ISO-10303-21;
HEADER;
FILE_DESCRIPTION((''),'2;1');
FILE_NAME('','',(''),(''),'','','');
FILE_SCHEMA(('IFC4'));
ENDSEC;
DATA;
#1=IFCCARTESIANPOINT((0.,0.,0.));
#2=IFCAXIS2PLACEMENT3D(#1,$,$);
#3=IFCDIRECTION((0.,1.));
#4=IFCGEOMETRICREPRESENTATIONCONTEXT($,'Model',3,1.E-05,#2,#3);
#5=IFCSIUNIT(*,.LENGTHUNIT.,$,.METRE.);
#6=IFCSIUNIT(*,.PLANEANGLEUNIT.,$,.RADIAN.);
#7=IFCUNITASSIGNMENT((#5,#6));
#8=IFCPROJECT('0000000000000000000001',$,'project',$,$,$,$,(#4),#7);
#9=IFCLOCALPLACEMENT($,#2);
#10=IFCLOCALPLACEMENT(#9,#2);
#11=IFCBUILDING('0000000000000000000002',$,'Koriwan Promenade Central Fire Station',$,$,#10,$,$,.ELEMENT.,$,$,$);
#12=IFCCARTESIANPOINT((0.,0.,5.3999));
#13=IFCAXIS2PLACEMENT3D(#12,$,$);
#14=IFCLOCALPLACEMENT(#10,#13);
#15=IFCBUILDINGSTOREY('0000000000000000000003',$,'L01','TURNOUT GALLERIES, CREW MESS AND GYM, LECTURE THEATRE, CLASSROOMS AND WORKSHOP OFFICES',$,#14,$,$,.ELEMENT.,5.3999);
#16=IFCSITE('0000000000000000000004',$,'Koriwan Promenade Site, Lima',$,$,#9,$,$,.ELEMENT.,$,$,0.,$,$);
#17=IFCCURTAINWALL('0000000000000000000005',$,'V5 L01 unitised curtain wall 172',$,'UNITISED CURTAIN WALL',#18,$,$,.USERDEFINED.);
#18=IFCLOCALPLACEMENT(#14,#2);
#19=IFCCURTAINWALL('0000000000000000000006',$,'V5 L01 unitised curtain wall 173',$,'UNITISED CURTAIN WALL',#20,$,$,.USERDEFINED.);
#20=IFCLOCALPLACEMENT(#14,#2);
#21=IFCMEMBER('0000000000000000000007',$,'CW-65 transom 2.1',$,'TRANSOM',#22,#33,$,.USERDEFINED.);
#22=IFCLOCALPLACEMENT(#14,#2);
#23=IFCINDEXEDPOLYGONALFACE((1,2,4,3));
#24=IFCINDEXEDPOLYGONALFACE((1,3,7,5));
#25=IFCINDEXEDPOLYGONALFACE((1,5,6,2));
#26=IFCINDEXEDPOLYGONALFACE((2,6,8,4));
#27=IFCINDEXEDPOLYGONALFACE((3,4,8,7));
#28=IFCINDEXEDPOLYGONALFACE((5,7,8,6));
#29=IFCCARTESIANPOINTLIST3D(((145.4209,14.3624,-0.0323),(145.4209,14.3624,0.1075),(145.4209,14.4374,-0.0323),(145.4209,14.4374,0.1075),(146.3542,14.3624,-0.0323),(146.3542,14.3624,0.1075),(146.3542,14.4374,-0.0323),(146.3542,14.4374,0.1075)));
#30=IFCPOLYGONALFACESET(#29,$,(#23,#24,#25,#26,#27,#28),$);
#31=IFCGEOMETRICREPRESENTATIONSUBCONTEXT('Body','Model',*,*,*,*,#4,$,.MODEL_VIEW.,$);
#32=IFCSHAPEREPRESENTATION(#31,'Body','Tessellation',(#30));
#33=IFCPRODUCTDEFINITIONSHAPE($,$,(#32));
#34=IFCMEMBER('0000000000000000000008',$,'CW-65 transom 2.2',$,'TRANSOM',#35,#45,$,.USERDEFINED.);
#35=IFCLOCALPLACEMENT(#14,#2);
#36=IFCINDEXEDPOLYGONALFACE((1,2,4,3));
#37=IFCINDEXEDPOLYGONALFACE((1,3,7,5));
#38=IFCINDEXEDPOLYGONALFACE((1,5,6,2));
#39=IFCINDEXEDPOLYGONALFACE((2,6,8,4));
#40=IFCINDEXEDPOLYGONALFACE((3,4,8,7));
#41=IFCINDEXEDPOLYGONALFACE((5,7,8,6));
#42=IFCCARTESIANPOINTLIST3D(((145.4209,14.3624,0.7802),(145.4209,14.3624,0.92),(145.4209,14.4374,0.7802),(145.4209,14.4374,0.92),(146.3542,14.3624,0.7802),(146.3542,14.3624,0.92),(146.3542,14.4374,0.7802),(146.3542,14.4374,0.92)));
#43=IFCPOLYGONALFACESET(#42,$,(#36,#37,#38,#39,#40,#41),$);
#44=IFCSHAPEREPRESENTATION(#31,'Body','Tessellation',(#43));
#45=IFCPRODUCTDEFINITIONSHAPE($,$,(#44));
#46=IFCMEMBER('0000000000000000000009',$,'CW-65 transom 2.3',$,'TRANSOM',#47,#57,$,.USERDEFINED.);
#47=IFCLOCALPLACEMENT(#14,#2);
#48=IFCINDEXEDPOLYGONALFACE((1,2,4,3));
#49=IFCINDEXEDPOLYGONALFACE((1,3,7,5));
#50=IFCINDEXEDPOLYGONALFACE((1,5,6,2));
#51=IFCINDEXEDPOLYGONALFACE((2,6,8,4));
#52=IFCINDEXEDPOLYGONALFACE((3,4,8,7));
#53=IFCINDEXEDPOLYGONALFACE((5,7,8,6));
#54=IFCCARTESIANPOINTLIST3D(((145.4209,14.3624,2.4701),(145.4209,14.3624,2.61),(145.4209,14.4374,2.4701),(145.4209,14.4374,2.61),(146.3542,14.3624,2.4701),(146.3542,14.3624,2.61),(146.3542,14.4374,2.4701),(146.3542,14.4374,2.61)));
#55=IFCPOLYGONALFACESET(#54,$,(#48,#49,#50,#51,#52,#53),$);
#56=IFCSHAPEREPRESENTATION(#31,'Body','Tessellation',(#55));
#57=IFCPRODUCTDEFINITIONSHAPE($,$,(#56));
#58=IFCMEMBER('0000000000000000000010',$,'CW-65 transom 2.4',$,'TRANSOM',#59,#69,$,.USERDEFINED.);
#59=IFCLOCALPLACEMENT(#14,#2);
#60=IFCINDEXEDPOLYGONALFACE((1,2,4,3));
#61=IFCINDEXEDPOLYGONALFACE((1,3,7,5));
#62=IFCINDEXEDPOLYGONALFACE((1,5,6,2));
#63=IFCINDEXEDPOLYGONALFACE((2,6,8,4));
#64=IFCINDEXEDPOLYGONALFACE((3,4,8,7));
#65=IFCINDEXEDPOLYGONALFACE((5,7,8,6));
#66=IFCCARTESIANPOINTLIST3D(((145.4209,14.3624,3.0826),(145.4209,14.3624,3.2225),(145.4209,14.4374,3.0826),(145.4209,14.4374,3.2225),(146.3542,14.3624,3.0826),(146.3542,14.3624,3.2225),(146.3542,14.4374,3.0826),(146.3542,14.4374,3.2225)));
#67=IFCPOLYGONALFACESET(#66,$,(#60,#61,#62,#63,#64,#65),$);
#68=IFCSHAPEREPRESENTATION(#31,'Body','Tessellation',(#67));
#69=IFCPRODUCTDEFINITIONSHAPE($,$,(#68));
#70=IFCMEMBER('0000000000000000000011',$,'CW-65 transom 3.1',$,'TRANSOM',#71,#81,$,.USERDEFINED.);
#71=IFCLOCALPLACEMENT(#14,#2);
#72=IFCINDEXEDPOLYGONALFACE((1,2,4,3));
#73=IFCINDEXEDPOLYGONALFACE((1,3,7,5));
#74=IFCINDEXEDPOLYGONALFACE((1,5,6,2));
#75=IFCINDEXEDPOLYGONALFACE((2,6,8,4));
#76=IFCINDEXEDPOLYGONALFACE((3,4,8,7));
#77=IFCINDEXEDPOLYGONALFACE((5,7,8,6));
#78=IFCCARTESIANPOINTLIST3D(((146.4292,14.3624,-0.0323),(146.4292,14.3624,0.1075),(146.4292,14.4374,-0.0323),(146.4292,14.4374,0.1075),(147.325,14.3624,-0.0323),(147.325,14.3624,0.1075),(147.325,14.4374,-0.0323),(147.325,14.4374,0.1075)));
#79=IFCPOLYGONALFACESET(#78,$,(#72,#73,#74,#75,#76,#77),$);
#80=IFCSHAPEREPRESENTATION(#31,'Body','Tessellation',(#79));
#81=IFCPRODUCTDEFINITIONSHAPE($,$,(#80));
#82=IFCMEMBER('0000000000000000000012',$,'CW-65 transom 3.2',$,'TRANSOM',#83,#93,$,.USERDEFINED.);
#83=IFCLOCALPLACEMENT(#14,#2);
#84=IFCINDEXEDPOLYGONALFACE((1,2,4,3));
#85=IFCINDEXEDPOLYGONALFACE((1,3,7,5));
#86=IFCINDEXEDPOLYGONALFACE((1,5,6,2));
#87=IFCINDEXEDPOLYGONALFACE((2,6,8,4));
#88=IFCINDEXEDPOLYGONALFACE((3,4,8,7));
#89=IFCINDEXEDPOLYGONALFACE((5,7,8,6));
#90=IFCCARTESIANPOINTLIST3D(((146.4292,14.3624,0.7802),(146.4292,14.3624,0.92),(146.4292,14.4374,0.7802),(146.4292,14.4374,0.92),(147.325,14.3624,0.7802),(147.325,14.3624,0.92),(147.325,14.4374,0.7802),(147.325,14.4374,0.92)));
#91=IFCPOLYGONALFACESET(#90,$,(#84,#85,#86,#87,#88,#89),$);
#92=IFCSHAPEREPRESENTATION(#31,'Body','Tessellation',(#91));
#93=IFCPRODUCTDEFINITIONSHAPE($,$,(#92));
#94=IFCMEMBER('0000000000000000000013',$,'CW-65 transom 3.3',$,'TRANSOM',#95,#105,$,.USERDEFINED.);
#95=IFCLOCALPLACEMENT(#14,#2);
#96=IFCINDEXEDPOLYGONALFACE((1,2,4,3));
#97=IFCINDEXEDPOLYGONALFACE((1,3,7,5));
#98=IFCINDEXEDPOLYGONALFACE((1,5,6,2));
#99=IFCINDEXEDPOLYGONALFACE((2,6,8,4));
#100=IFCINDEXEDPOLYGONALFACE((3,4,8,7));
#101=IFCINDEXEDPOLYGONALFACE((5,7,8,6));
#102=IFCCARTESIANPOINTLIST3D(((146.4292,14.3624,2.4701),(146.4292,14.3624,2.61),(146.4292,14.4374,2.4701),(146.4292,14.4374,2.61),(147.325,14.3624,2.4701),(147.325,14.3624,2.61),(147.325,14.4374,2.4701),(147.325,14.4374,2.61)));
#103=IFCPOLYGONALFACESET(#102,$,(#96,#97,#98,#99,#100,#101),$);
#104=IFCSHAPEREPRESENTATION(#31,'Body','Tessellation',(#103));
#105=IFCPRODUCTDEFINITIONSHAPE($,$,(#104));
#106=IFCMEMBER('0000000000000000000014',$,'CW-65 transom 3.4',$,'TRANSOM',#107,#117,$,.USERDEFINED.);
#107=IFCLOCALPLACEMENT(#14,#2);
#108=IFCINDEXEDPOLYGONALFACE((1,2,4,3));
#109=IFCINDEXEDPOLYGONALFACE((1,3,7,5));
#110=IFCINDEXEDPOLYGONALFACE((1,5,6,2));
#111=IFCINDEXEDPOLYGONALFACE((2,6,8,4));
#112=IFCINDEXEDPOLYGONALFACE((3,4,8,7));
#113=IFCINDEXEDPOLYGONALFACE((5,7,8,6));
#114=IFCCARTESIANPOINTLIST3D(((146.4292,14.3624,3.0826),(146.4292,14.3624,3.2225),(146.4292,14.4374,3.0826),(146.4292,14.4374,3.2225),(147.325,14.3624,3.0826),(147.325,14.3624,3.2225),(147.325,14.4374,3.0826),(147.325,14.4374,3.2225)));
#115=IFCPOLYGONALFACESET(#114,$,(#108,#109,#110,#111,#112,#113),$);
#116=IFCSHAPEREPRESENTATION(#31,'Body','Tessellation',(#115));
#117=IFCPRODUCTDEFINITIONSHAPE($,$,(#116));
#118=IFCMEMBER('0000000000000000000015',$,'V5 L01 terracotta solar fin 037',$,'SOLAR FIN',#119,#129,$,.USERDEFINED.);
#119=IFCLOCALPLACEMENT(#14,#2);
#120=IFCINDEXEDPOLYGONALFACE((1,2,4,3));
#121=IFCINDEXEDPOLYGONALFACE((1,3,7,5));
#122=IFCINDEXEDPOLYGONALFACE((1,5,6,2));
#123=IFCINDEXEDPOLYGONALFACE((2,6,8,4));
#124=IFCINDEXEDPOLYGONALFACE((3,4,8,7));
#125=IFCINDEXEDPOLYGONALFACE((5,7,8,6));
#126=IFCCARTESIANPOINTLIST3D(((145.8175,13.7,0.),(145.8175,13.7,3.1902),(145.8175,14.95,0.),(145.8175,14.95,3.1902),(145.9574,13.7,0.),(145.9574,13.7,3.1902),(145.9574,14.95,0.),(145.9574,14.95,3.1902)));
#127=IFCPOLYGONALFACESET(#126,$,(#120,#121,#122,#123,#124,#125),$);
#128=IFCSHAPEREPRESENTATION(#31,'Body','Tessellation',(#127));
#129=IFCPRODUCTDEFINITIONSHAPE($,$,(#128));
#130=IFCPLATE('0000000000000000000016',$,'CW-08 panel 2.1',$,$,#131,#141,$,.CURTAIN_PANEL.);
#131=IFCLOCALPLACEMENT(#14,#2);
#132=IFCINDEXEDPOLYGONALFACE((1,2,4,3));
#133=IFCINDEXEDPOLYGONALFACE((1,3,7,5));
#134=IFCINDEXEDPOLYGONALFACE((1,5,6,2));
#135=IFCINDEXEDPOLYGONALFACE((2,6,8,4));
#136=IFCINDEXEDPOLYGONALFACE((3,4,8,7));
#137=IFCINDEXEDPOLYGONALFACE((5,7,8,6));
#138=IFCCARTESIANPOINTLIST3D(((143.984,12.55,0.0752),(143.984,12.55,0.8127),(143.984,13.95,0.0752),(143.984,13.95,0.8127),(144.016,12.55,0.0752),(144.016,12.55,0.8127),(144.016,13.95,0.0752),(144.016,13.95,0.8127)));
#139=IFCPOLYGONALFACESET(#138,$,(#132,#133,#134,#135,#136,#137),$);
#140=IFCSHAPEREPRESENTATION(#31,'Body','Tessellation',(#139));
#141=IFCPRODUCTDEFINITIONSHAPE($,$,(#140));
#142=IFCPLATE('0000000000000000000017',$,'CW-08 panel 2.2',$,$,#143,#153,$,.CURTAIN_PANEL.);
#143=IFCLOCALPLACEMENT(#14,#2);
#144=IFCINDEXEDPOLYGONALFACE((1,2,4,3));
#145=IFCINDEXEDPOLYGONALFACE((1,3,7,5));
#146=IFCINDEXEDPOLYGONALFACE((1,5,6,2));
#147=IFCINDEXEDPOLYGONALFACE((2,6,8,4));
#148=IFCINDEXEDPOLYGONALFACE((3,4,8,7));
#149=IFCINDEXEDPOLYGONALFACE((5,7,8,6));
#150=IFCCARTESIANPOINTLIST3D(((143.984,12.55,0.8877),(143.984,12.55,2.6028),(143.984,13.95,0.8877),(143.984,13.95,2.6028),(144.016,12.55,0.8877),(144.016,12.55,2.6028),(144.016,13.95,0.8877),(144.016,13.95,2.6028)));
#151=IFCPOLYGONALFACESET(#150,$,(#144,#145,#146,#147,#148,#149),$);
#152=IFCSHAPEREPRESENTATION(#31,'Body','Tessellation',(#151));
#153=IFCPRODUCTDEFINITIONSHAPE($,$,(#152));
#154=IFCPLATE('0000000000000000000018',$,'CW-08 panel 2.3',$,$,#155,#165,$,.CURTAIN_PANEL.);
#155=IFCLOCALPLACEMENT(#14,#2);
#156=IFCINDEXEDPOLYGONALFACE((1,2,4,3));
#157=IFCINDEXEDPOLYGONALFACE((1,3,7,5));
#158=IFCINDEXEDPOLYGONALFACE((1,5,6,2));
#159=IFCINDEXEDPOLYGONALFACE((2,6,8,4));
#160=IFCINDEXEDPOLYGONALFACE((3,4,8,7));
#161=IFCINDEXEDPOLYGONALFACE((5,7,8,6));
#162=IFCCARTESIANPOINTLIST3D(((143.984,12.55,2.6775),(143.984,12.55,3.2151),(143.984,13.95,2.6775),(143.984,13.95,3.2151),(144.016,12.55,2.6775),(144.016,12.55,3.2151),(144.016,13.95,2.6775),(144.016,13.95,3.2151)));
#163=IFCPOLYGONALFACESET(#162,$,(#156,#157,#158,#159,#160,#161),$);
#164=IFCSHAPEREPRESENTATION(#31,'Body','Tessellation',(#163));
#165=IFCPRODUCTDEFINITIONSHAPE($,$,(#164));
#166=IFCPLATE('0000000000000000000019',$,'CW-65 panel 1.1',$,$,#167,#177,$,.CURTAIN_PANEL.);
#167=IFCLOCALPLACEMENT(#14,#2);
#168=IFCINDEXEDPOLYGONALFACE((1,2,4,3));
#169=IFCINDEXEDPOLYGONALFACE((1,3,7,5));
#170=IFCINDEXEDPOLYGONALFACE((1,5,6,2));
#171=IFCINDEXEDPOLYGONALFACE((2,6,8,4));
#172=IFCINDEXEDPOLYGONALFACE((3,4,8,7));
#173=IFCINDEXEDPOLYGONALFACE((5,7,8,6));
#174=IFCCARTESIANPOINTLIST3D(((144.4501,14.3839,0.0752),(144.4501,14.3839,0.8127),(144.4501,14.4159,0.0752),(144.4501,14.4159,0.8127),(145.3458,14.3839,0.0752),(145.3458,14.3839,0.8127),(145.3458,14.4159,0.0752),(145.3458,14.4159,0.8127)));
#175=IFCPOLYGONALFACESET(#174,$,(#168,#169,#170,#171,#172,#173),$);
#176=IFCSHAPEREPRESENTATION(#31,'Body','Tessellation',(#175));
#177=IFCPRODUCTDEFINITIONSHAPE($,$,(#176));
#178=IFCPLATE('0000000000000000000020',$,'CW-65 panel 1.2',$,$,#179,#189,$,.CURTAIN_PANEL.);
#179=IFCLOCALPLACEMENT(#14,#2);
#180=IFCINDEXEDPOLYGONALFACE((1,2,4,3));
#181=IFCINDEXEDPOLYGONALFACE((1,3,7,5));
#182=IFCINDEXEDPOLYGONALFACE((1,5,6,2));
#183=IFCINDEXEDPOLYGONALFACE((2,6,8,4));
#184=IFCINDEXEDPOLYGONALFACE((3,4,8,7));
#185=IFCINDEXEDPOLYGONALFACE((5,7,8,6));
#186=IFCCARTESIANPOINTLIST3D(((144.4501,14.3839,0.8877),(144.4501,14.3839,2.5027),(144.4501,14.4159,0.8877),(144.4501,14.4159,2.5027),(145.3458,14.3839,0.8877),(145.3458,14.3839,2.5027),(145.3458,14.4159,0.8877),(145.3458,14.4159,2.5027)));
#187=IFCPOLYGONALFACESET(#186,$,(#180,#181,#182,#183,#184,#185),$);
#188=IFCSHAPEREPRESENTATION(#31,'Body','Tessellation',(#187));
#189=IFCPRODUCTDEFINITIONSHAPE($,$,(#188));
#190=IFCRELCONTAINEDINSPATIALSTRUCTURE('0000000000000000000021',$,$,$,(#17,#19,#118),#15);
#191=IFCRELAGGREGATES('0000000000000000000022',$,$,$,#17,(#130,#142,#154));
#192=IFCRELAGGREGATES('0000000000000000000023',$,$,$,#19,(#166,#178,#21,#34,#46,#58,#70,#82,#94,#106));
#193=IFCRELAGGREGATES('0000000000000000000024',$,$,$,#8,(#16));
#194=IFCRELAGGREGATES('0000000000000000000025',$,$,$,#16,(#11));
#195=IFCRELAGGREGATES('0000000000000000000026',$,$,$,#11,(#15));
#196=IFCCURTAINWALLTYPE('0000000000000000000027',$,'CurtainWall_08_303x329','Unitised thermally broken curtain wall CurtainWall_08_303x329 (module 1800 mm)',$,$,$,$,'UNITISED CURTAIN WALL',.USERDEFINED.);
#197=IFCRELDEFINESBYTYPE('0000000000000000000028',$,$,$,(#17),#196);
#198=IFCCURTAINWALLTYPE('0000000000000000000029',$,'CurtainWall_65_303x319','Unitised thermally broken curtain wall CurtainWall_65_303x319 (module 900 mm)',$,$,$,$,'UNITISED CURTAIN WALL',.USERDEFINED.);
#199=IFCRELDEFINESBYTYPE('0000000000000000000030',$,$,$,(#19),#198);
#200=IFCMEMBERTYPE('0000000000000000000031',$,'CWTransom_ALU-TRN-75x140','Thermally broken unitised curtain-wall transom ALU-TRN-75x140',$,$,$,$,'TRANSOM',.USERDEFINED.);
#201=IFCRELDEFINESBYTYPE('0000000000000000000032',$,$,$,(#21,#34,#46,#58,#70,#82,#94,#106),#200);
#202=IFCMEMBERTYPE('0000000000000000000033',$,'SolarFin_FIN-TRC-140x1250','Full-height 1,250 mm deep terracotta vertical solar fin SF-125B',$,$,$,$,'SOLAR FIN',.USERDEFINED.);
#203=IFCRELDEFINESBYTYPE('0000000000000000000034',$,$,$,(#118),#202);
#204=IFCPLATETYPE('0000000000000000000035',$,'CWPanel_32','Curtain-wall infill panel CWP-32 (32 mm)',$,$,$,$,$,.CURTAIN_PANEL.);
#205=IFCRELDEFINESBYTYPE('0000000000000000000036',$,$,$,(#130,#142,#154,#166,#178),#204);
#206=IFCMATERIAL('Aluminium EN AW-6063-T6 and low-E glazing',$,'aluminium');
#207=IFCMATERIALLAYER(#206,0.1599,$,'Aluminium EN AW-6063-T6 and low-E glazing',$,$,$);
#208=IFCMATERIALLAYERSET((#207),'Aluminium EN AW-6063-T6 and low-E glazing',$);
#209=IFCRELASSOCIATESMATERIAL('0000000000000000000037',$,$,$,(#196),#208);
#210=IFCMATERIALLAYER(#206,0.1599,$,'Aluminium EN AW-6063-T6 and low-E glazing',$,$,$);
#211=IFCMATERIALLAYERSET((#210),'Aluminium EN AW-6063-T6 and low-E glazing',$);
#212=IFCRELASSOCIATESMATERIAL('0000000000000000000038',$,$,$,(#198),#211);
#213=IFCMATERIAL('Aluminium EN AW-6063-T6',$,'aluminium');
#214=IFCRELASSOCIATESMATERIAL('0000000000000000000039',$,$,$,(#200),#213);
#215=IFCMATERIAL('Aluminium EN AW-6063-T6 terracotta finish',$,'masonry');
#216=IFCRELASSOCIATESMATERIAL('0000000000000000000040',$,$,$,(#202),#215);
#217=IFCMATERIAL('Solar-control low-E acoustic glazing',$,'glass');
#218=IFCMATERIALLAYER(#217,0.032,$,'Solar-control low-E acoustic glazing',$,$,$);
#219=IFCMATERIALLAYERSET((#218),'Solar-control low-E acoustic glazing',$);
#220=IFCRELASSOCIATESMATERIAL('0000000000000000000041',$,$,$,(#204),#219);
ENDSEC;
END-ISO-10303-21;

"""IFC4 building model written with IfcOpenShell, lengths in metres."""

from ifc_helpers import new_model, si_unit, direction, frame, origin, origin_2d, place, context, subcontext, project, spatial, rectangle, extrude, material, layer, layer_set, material_profile, profile_set, type_object, element, aggregate, save


model = new_model("IFC4")

# Units and contexts
model_context = context("Model", 3, precision=1e-05, world=origin(), true_north=direction((0.0, 1.0)))
body_context = subcontext(model_context, "Body", "Model", "MODEL_VIEW")
ifc_project = project(units=[si_unit("LENGTHUNIT", "METRE"), si_unit("PLANEANGLEUNIT", "RADIAN")], contexts=[model_context])

# Site, building, storey
site_placement = place(None, origin())
site = spatial("IfcSite", under=ifc_project, at=site_placement, Name="Koriwan Promenade Site, Lima", CompositionType="ELEMENT", RefElevation=0.0)
building_placement = place(site_placement, origin())
building = spatial("IfcBuilding", under=site, at=building_placement, Name="Koriwan Promenade Central Fire Station", CompositionType="ELEMENT")
storey_placement = place(building_placement, frame((0.0, 0.0, 5.3999)))
storey = spatial("IfcBuildingStorey", under=building, at=storey_placement, Name="L01", Description="TURNOUT GALLERIES, CREW MESS AND GYM, LECTURE THEATRE, CLASSROOMS AND WORKSHOP OFFICES", CompositionType="ELEMENT", Elevation=5.3999)

# Curtain wall
ifc_material_1 = material(Name="Aluminium EN AW-6063-T6 and low-E glazing", Category="aluminium")
ifc_layer_1 = layer(ifc_material_1, 0.1599, Name="Aluminium EN AW-6063-T6 and low-E glazing")
ifc_layer_set_1 = layer_set([ifc_layer_1], Name="Aluminium EN AW-6063-T6 and low-E glazing")
curtain_wall_type_1 = type_object("IfcCurtainWallType", Name="CurtainWall_08_303x329", Description="Unitised thermally broken curtain wall CurtainWall_08_303x329 (module 1800 mm)", ElementType="UNITISED CURTAIN WALL", PredefinedType="USERDEFINED", material=ifc_layer_set_1)
curtain_wall_1_placement = place(storey_placement, origin())
curtain_wall_1 = element("IfcCurtainWall", 1, at=curtain_wall_1_placement, inside=storey, type_object=curtain_wall_type_1, Name="V5 L01 unitised curtain wall 172", ObjectType="UNITISED CURTAIN WALL", PredefinedType="USERDEFINED")
ifc_material_2 = material(Name="Aluminium EN AW-6063-T6", Category="aluminium")

# Curtain wall
ifc_layer_2 = layer(ifc_material_1, 0.1599, Name="Aluminium EN AW-6063-T6 and low-E glazing")
ifc_layer_set_2 = layer_set([ifc_layer_2], Name="Aluminium EN AW-6063-T6 and low-E glazing")
curtain_wall_type_2 = type_object("IfcCurtainWallType", Name="CurtainWall_65_303x319", Description="Unitised thermally broken curtain wall CurtainWall_65_303x319 (module 900 mm)", ElementType="UNITISED CURTAIN WALL", PredefinedType="USERDEFINED", material=ifc_layer_set_2)
curtain_wall_2_placement = place(storey_placement, origin())
curtain_wall_2 = element("IfcCurtainWall", 2, at=curtain_wall_2_placement, inside=storey, type_object=curtain_wall_type_2, Name="V5 L01 unitised curtain wall 173", ObjectType="UNITISED CURTAIN WALL", PredefinedType="USERDEFINED")

# Members
ifc_material_profile_1 = material_profile(ifc_material_2, rectangle(XDim=0.075, YDim=0.1399, at=origin_2d()), Name="ALU-TRN-75x140")
ifc_profile_set_1 = profile_set([ifc_material_profile_1], Name="Aluminium EN AW-6063-T6")
member_type_1 = type_object("IfcMemberType", Name="CWTransom_ALU-TRN-75x140", Description="Thermally broken unitised curtain-wall transom ALU-TRN-75x140", ElementType="TRANSOM", PredefinedType="USERDEFINED", material=ifc_profile_set_1)
member_1_placement = place(storey_placement, frame((145.4209, 14.3999, 0.0376), z_axis=(1.0, 0.0, 0.0), x_axis=(0.0, 1.0, 0.0)))
member_1 = element("IfcMember", 3, at=member_1_placement, type_object=member_type_1, Name="CW-65 transom 2.1", ObjectType="TRANSOM", PredefinedType="USERDEFINED", context=body_context, shape_type="SweptSolid", body=[
    extrude(rectangle(XDim=0.075, YDim=0.1399, at=origin_2d()), origin(), (0.0, 0.0, 1.0), 0.9333),
])
member_2_placement = place(storey_placement, frame((145.4209, 14.3999, 0.8501), z_axis=(1.0, 0.0, 0.0), x_axis=(0.0, 1.0, 0.0)))
member_2 = element("IfcMember", 4, at=member_2_placement, type_object=member_type_1, Name="CW-65 transom 2.2", ObjectType="TRANSOM", PredefinedType="USERDEFINED", context=body_context, shape_type="SweptSolid", body=[
    extrude(rectangle(XDim=0.075, YDim=0.1399, at=origin_2d()), origin(), (0.0, 0.0, 1.0), 0.9333),
])
member_3_placement = place(storey_placement, frame((145.4209, 14.3999, 2.54), z_axis=(1.0, 0.0, 0.0), x_axis=(0.0, 1.0, 0.0)))
member_3 = element("IfcMember", 5, at=member_3_placement, type_object=member_type_1, Name="CW-65 transom 2.3", ObjectType="TRANSOM", PredefinedType="USERDEFINED", context=body_context, shape_type="SweptSolid", body=[
    extrude(rectangle(XDim=0.075, YDim=0.1399, at=origin_2d()), origin(), (0.0, 0.0, 1.0), 0.9333),
])
member_4_placement = place(storey_placement, frame((145.4209, 14.3999, 3.1526), z_axis=(1.0, 0.0, 0.0), x_axis=(0.0, 1.0, 0.0)))
member_4 = element("IfcMember", 6, at=member_4_placement, type_object=member_type_1, Name="CW-65 transom 2.4", ObjectType="TRANSOM", PredefinedType="USERDEFINED", context=body_context, shape_type="SweptSolid", body=[
    extrude(rectangle(XDim=0.075, YDim=0.1399, at=origin_2d()), origin(), (0.0, 0.0, 1.0), 0.9333),
])
member_5_placement = place(storey_placement, frame((146.4292, 14.3999, 0.0376), z_axis=(1.0, 0.0, 0.0), x_axis=(0.0, 1.0, 0.0)))
member_5 = element("IfcMember", 7, at=member_5_placement, type_object=member_type_1, Name="CW-65 transom 3.1", ObjectType="TRANSOM", PredefinedType="USERDEFINED", context=body_context, shape_type="SweptSolid", body=[
    extrude(rectangle(XDim=0.075, YDim=0.1399, at=origin_2d()), origin(), (0.0, 0.0, 1.0), 0.8958),
])
member_6_placement = place(storey_placement, frame((146.4292, 14.3999, 0.8501), z_axis=(1.0, 0.0, 0.0), x_axis=(0.0, 1.0, 0.0)))
member_6 = element("IfcMember", 8, at=member_6_placement, type_object=member_type_1, Name="CW-65 transom 3.2", ObjectType="TRANSOM", PredefinedType="USERDEFINED", context=body_context, shape_type="SweptSolid", body=[
    extrude(rectangle(XDim=0.075, YDim=0.1399, at=origin_2d()), origin(), (0.0, 0.0, 1.0), 0.8958),
])
member_7_placement = place(storey_placement, frame((146.4292, 14.3999, 2.54), z_axis=(1.0, 0.0, 0.0), x_axis=(0.0, 1.0, 0.0)))
member_7 = element("IfcMember", 9, at=member_7_placement, type_object=member_type_1, Name="CW-65 transom 3.3", ObjectType="TRANSOM", PredefinedType="USERDEFINED", context=body_context, shape_type="SweptSolid", body=[
    extrude(rectangle(XDim=0.075, YDim=0.1399, at=origin_2d()), origin(), (0.0, 0.0, 1.0), 0.8958),
])
member_8_placement = place(storey_placement, frame((146.4292, 14.3999, 3.1526), z_axis=(1.0, 0.0, 0.0), x_axis=(0.0, 1.0, 0.0)))
member_8 = element("IfcMember", 10, at=member_8_placement, type_object=member_type_1, Name="CW-65 transom 3.4", ObjectType="TRANSOM", PredefinedType="USERDEFINED", context=body_context, shape_type="SweptSolid", body=[
    extrude(rectangle(XDim=0.075, YDim=0.1399, at=origin_2d()), origin(), (0.0, 0.0, 1.0), 0.8958),
])
ifc_material_3 = material(Name="Aluminium EN AW-6063-T6 terracotta finish", Category="masonry")
ifc_material_profile_2 = material_profile(ifc_material_3, rectangle(XDim=0.1399, YDim=1.25, at=origin_2d()), Name="FIN-TRC-140x1250")
ifc_profile_set_2 = profile_set([ifc_material_profile_2], Name="Aluminium EN AW-6063-T6 terracotta finish")
member_type_2 = type_object("IfcMemberType", Name="SolarFin_FIN-TRC-140x1250", Description="Full-height 1,250 mm deep terracotta vertical solar fin SF-125B", ElementType="SOLAR FIN", PredefinedType="USERDEFINED", material=ifc_profile_set_2)
member_9_placement = place(storey_placement, frame((145.8875, 14.325, 0.0), z_axis=(0.0, 0.0, 1.0), x_axis=(-1.0, 0.0, 0.0)))
element("IfcMember", 11, at=member_9_placement, inside=storey, type_object=member_type_2, Name="V5 L01 terracotta solar fin 037", ObjectType="SOLAR FIN", PredefinedType="USERDEFINED", context=body_context, shape_type="SweptSolid", body=[
    extrude(rectangle(XDim=0.1399, YDim=1.25, at=origin_2d()), origin(), (0.0, 0.0, 1.0), 3.1902),
])

# Plates
ifc_material_4 = material(Name="Solar-control low-E acoustic glazing", Category="glass")
ifc_layer_3 = layer(ifc_material_4, 0.032, Name="Solar-control low-E acoustic glazing")
ifc_layer_set_3 = layer_set([ifc_layer_3], Name="Solar-control low-E acoustic glazing")
plate_type = type_object("IfcPlateType", Name="CWPanel_32", Description="Curtain-wall infill panel CWP-32 (32 mm)", PredefinedType="CURTAIN_PANEL", material=ifc_layer_set_3)
plate_1_placement = place(storey_placement, frame((144.0, 13.25, 0.0752), z_axis=(0.0, 0.0, 1.0), x_axis=(0.0, 1.0, 0.0)))
plate_1 = element("IfcPlate", 12, at=plate_1_placement, type_object=plate_type, Name="CW-08 panel 2.1", PredefinedType="CURTAIN_PANEL", context=body_context, shape_type="SweptSolid", body=[
    extrude(rectangle(XDim=1.3999, YDim=0.032, at=origin_2d()), origin(), (0.0, 0.0, 1.0), 0.7375),
])
plate_2_placement = place(storey_placement, frame((144.0, 13.25, 0.8877), z_axis=(0.0, 0.0, 1.0), x_axis=(0.0, 1.0, 0.0)))
plate_2 = element("IfcPlate", 13, at=plate_2_placement, type_object=plate_type, Name="CW-08 panel 2.2", PredefinedType="CURTAIN_PANEL", context=body_context, shape_type="SweptSolid", body=[
    extrude(rectangle(XDim=1.3999, YDim=0.032, at=origin_2d()), origin(), (0.0, 0.0, 1.0), 1.7151),
])
plate_3_placement = place(storey_placement, frame((144.0, 13.25, 2.6775), z_axis=(0.0, 0.0, 1.0), x_axis=(0.0, 1.0, 0.0)))
plate_3 = element("IfcPlate", 14, at=plate_3_placement, type_object=plate_type, Name="CW-08 panel 2.3", PredefinedType="CURTAIN_PANEL", context=body_context, shape_type="SweptSolid", body=[
    extrude(rectangle(XDim=1.3999, YDim=0.032, at=origin_2d()), origin(), (0.0, 0.0, 1.0), 0.5376),
])
aggregate(curtain_wall_1, [plate_1, plate_2, plate_3])
plate_4_placement = place(storey_placement, frame((144.8979, 14.3999, 0.0752), z_axis=(0.0, 0.0, 1.0), x_axis=(1.0, 0.0, 0.0)))
plate_4 = element("IfcPlate", 15, at=plate_4_placement, type_object=plate_type, Name="CW-65 panel 1.1", PredefinedType="CURTAIN_PANEL", context=body_context, shape_type="SweptSolid", body=[
    extrude(rectangle(XDim=0.8958, YDim=0.032, at=origin_2d()), origin(), (0.0, 0.0, 1.0), 0.7375),
])
plate_5_placement = place(storey_placement, frame((144.8979, 14.3999, 0.8877), z_axis=(0.0, 0.0, 1.0), x_axis=(1.0, 0.0, 0.0)))
plate_5 = element("IfcPlate", 16, at=plate_5_placement, type_object=plate_type, Name="CW-65 panel 1.2", PredefinedType="CURTAIN_PANEL", context=body_context, shape_type="SweptSolid", body=[
    extrude(rectangle(XDim=0.8958, YDim=0.032, at=origin_2d()), origin(), (0.0, 0.0, 1.0), 1.615),
])
aggregate(curtain_wall_2, [plate_4, plate_5, member_1, member_2, member_3, member_4, member_5, member_6, member_7, member_8])

save(model, "model.ifc")
